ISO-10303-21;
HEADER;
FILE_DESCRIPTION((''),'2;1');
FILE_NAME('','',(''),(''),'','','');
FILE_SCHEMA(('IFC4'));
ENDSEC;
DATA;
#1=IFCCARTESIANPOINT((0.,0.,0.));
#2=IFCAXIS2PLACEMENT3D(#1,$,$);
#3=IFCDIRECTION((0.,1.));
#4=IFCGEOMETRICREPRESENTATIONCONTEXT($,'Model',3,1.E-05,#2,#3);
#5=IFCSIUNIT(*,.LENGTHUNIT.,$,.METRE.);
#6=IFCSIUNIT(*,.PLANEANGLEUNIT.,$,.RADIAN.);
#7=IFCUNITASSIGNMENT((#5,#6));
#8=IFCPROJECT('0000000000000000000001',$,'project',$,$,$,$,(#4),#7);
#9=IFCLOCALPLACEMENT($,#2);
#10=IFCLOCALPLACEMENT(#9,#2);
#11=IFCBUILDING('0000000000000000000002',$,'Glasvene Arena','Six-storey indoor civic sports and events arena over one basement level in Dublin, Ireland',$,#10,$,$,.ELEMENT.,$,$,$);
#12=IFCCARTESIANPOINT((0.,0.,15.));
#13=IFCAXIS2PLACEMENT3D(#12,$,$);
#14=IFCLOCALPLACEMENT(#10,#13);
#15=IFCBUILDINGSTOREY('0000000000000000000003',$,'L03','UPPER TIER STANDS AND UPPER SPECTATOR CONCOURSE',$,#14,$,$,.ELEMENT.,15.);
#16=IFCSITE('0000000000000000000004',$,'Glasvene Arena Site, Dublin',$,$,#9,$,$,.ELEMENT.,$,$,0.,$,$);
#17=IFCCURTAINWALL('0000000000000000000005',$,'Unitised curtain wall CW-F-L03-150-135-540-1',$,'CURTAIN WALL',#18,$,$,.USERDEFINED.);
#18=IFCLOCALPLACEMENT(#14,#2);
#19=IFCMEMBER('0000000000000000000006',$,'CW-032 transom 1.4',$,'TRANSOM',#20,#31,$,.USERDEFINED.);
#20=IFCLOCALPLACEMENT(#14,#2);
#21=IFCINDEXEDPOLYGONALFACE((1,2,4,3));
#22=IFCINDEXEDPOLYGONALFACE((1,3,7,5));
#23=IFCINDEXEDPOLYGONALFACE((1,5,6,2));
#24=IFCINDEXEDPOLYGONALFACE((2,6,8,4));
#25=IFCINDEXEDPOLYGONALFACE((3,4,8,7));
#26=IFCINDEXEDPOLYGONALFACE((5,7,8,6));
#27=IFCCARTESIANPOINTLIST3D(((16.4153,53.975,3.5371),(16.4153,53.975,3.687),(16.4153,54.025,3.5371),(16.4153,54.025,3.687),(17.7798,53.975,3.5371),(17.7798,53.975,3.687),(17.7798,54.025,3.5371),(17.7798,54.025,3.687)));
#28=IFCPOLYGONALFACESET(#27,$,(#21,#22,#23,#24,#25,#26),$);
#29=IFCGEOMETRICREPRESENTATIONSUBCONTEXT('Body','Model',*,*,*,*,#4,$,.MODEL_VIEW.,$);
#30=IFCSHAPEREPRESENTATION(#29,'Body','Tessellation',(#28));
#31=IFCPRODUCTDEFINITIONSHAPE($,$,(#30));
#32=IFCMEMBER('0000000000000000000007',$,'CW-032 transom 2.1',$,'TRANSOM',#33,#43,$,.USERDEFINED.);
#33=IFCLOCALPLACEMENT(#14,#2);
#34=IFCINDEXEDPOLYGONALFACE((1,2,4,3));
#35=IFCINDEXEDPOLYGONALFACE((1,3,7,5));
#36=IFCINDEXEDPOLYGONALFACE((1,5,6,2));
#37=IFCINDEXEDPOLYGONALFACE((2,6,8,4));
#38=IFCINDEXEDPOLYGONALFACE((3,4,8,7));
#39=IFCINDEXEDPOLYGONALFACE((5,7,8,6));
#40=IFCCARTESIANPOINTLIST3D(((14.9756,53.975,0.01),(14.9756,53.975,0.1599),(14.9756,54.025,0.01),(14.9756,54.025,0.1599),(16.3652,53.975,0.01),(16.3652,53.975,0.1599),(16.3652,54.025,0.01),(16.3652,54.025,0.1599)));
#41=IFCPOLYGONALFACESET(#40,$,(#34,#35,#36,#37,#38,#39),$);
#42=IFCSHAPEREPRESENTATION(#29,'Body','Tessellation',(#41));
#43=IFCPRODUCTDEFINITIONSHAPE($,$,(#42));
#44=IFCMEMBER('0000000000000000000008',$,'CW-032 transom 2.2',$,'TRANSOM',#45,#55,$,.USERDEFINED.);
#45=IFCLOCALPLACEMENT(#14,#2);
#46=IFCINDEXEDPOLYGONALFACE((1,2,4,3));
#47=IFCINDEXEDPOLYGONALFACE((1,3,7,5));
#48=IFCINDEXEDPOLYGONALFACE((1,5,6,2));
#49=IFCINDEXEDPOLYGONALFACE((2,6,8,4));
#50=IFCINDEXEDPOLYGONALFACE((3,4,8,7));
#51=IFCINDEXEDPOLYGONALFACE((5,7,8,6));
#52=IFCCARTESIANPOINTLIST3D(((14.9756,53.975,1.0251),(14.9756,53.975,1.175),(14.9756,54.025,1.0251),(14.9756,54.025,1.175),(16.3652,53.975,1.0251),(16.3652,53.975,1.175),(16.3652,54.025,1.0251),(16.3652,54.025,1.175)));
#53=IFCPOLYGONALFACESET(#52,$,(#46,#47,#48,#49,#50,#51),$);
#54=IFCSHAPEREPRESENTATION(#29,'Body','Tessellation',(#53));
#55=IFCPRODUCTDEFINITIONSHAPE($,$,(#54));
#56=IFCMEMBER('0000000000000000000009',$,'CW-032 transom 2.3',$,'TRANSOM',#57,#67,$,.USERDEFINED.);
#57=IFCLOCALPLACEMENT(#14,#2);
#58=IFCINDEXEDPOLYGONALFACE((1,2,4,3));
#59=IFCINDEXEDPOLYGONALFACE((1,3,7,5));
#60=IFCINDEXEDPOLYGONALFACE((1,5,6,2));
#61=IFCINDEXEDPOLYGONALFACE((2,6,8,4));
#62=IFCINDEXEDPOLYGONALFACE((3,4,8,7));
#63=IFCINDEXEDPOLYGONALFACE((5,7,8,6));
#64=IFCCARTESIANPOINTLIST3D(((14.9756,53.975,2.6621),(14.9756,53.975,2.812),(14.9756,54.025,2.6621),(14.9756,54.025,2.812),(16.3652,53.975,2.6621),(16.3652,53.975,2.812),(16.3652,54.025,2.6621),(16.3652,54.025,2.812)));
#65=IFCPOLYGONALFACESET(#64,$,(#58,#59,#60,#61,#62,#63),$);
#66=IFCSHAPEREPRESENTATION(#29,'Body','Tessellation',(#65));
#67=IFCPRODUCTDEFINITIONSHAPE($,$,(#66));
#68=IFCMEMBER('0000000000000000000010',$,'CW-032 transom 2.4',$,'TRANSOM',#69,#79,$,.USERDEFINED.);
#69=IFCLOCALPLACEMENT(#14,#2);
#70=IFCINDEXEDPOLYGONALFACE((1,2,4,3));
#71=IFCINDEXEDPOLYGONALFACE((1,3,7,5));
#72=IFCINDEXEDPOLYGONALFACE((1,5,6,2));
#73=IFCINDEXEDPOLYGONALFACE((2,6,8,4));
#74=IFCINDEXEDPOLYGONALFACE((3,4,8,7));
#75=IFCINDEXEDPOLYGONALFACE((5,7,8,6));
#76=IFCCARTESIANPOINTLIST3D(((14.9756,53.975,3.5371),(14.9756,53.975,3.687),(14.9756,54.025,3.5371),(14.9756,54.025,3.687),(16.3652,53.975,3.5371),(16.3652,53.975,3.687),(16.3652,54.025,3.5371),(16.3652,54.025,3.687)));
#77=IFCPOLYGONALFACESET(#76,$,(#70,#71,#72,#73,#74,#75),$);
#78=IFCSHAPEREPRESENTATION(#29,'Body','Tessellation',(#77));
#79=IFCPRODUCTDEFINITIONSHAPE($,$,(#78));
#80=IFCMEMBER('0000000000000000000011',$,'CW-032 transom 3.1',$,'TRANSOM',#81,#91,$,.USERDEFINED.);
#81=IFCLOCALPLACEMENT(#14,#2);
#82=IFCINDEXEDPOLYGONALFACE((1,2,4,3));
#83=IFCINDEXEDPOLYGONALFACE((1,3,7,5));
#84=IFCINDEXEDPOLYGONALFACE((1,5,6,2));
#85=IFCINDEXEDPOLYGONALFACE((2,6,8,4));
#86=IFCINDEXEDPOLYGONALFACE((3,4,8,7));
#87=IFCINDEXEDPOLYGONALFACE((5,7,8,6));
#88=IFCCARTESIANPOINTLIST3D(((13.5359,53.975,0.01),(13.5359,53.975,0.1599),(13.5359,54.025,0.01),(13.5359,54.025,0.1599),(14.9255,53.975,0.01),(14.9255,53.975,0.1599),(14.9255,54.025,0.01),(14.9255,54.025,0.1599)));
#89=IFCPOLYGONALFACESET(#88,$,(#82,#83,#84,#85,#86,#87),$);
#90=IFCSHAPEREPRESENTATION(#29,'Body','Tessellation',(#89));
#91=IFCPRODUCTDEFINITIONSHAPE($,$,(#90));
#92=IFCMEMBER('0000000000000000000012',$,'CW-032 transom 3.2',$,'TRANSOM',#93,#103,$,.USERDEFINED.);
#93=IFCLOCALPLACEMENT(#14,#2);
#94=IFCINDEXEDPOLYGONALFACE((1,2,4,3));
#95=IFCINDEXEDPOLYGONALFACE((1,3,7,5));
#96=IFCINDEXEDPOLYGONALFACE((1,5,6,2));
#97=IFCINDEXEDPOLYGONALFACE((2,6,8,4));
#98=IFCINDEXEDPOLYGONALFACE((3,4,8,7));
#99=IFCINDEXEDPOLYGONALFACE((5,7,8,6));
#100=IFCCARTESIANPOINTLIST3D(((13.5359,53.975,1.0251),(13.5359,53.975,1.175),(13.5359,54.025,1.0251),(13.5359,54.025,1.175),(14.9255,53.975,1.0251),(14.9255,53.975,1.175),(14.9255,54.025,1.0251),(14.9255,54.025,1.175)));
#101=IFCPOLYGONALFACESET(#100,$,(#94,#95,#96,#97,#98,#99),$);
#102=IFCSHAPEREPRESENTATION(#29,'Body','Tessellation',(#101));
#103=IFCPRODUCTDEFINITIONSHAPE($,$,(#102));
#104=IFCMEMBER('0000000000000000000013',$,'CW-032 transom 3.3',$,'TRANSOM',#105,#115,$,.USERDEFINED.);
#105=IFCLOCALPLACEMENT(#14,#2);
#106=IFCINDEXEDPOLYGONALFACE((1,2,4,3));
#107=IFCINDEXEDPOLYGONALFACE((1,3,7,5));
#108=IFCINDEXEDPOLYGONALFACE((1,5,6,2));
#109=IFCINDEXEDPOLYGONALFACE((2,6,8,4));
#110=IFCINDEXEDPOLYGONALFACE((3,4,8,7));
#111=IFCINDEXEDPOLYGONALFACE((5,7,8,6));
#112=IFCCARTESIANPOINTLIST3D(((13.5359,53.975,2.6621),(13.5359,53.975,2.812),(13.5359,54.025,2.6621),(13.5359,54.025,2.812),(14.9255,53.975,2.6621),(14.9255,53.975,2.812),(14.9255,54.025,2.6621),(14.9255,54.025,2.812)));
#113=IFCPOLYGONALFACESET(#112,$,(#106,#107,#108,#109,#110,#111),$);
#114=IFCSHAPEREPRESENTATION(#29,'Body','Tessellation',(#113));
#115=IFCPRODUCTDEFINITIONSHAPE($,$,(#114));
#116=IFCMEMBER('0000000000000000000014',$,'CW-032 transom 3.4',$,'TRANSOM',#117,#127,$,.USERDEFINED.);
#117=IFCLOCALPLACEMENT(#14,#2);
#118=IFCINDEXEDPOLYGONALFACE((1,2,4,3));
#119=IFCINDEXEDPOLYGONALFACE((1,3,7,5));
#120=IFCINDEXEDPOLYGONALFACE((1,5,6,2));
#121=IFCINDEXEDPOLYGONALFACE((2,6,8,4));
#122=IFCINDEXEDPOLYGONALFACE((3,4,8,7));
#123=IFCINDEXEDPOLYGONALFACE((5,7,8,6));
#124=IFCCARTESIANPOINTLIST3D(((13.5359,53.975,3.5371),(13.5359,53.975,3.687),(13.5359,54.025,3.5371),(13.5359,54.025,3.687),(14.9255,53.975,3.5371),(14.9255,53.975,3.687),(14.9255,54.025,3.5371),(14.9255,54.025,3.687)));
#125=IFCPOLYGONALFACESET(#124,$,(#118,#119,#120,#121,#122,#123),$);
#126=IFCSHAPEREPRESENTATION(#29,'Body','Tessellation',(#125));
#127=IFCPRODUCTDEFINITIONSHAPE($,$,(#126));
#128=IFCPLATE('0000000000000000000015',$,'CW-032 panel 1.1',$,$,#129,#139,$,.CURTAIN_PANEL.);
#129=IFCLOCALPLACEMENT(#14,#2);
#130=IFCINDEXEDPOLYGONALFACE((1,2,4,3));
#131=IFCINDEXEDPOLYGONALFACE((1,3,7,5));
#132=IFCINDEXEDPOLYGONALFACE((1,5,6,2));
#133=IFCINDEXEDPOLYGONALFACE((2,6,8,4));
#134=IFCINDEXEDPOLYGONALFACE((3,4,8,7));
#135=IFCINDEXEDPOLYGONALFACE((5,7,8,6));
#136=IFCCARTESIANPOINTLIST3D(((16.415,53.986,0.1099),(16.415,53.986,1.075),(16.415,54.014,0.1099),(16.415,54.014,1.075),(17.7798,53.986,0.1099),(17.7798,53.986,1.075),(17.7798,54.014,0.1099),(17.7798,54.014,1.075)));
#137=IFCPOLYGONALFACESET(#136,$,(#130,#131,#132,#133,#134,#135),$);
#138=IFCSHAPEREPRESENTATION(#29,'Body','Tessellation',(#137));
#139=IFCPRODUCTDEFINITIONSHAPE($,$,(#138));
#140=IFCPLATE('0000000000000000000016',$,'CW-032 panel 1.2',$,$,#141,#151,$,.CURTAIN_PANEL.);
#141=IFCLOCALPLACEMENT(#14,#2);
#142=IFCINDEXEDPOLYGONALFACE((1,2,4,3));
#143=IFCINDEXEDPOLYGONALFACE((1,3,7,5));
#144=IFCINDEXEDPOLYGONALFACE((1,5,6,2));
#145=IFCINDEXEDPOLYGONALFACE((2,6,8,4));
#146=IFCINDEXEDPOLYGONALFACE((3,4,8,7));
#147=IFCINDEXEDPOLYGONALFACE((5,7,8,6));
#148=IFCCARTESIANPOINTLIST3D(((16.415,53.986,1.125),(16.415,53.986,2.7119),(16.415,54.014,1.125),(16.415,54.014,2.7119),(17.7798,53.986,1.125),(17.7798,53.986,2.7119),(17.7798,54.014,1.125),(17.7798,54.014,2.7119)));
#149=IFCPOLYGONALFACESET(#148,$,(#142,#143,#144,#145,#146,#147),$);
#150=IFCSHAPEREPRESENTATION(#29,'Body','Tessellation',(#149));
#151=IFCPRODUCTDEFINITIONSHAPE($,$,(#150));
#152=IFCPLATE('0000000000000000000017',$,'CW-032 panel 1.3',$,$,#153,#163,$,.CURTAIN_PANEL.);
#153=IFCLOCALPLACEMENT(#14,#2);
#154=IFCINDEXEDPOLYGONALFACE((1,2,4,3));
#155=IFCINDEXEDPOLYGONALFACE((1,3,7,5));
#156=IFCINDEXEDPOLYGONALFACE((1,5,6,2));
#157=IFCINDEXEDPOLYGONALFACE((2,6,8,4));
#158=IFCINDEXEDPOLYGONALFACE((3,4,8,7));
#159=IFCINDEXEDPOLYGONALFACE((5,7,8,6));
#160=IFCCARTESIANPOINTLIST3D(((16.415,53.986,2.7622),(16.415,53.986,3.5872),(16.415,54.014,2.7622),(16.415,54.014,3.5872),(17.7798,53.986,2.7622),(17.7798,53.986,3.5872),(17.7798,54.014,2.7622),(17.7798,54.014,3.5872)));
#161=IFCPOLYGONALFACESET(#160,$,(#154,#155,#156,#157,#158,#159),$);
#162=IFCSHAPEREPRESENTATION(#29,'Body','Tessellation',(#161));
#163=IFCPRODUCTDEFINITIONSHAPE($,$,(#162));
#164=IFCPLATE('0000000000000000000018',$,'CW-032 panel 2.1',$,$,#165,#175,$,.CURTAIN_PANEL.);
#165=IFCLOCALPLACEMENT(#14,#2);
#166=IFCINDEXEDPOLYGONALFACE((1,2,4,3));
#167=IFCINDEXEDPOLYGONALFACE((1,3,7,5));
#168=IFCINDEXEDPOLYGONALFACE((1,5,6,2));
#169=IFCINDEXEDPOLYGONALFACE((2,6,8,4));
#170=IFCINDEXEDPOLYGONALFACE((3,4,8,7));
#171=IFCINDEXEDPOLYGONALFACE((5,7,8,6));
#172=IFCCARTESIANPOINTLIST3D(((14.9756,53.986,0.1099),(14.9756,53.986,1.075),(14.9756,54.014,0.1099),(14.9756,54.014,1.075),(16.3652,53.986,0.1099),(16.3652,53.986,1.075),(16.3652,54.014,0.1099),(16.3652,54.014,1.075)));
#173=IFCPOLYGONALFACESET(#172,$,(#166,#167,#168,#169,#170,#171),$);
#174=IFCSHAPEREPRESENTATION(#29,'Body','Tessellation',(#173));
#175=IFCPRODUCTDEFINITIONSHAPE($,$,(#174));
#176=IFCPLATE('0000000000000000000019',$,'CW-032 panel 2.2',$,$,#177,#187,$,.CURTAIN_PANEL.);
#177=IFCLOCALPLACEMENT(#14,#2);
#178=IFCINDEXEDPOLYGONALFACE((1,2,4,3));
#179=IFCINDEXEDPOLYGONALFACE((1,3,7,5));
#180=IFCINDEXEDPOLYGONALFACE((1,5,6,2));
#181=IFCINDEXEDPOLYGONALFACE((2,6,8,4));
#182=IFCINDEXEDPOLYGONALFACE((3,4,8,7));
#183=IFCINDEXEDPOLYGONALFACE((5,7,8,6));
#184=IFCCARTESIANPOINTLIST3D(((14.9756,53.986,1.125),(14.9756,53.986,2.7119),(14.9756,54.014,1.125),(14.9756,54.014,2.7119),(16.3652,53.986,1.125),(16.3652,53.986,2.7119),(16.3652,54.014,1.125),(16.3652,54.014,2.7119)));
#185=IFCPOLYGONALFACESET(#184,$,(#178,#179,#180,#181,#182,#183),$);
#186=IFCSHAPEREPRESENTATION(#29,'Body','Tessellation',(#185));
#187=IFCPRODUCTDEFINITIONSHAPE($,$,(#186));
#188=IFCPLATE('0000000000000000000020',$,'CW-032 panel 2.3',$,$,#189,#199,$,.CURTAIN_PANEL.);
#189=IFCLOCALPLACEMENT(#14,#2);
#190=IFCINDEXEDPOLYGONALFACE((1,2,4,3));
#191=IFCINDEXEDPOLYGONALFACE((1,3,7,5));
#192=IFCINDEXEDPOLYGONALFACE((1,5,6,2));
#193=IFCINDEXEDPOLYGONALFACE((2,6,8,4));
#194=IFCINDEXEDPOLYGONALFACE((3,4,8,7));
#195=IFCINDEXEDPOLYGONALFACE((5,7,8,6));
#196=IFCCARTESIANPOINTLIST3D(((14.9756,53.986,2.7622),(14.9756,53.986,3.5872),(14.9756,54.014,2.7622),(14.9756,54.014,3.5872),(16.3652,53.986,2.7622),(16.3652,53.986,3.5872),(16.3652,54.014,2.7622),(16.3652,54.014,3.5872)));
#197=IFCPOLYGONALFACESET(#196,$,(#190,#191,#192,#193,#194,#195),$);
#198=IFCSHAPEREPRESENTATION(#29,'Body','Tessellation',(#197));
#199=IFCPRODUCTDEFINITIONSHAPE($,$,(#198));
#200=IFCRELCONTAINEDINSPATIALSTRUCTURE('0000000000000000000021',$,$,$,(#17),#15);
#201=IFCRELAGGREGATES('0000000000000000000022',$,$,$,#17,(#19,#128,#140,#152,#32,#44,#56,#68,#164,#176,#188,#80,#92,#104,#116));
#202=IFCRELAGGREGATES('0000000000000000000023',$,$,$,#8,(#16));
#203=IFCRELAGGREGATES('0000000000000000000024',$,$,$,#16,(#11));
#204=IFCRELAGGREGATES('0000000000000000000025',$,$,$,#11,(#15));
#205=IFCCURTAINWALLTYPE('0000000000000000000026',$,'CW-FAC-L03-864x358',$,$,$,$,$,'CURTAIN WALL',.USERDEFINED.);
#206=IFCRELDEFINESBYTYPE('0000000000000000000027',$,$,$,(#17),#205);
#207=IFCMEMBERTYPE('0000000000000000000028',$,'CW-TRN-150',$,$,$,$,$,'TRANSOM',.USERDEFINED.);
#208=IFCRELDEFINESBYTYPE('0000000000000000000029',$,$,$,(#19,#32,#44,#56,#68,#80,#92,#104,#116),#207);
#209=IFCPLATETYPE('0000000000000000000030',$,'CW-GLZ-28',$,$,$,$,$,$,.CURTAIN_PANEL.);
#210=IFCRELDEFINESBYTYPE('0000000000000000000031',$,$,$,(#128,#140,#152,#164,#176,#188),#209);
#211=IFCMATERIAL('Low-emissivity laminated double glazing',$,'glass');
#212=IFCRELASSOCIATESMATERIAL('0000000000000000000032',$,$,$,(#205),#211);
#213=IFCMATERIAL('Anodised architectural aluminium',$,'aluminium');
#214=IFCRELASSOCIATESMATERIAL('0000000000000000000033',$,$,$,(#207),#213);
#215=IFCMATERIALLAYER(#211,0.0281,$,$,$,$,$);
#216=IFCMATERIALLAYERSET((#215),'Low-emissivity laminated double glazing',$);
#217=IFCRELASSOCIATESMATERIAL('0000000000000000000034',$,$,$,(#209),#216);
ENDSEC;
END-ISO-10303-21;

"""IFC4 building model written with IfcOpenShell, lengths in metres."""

from ifc_helpers import new_model, si_unit, direction, frame, origin, origin_2d, place, context, subcontext, project, spatial, rectangle, extrude, material, layer, layer_set, material_profile, profile_set, type_object, element, aggregate, save


model = new_model("IFC4")

# Units and contexts
model_context = context("Model", 3, precision=1e-05, world=origin(), true_north=direction((0.0, 1.0)))
body_context = subcontext(model_context, "Body", "Model", "MODEL_VIEW")
ifc_project = project(units=[si_unit("LENGTHUNIT", "METRE"), si_unit("PLANEANGLEUNIT", "RADIAN")], contexts=[model_context])

# Site, building, storey
site_placement = place(None, origin())
site = spatial("IfcSite", under=ifc_project, at=site_placement, Name="Glasvene Arena Site, Dublin", CompositionType="ELEMENT", RefElevation=0.0)
building_placement = place(site_placement, origin())
building = spatial("IfcBuilding", under=site, at=building_placement, Name="Glasvene Arena", Description="Six-storey indoor civic sports and events arena over one basement level in Dublin, Ireland", CompositionType="ELEMENT")
storey_placement = place(building_placement, frame((0.0, 0.0, 15.0)))
storey = spatial("IfcBuildingStorey", under=building, at=storey_placement, Name="L03", Description="UPPER TIER STANDS AND UPPER SPECTATOR CONCOURSE", CompositionType="ELEMENT", Elevation=15.0)

# Curtain wall, members, plates
ifc_material_1 = material(Name="Low-emissivity laminated double glazing", Category="glass")
curtain_wall_type = type_object("IfcCurtainWallType", Name="CW-FAC-L03-864x358", ElementType="CURTAIN WALL", PredefinedType="USERDEFINED", material=ifc_material_1)
curtain_wall_placement = place(storey_placement, frame((17.8298, 54.0, 0.0)))
curtain_wall = element("IfcCurtainWall", 1, at=curtain_wall_placement, inside=storey, type_object=curtain_wall_type, Name="Unitised curtain wall CW-F-L03-150-135-540-1", ObjectType="CURTAIN WALL", PredefinedType="USERDEFINED")
ifc_material_2 = material(Name="Anodised architectural aluminium", Category="aluminium")
ifc_material_profile_1 = material_profile(ifc_material_2, rectangle(XDim=0.05, YDim=0.1499, at=origin_2d()), Name="ALU TRANSOM 50x150")
ifc_profile_set_1 = profile_set([ifc_material_profile_1], Name="Anodised architectural aluminium")
member_type_1 = type_object("IfcMemberType", Name="CW-TRN-150", ElementType="TRANSOM", PredefinedType="USERDEFINED", material=ifc_profile_set_1)
member_1_placement = place(storey_placement, frame((17.7798, 54.0, 3.6121), z_axis=(-1.0, 0.0, 0.0), x_axis=(0.0, -1.0, 0.0)))
member_1 = element("IfcMember", 2, at=member_1_placement, type_object=member_type_1, Name="CW-032 transom 1.4", ObjectType="TRANSOM", PredefinedType="USERDEFINED", context=body_context, shape_type="SweptSolid", body=[
    extrude(rectangle(XDim=0.05, YDim=0.1499, at=origin_2d()), origin(), (0.0, 0.0, 1.0), 1.3645),
])
member_2_placement = place(storey_placement, frame((16.3652, 54.0, 0.085), z_axis=(-1.0, 0.0, 0.0), x_axis=(0.0, -1.0, 0.0)))
member_2 = element("IfcMember", 3, at=member_2_placement, type_object=member_type_1, Name="CW-032 transom 2.1", ObjectType="TRANSOM", PredefinedType="USERDEFINED", context=body_context, shape_type="SweptSolid", body=[
    extrude(rectangle(XDim=0.05, YDim=0.1499, at=origin_2d()), origin(), (0.0, 0.0, 1.0), 1.3896),
])
member_3_placement = place(storey_placement, frame((16.3652, 54.0, 1.1001), z_axis=(-1.0, 0.0, 0.0), x_axis=(0.0, -1.0, 0.0)))
member_3 = element("IfcMember", 4, at=member_3_placement, type_object=member_type_1, Name="CW-032 transom 2.2", ObjectType="TRANSOM", PredefinedType="USERDEFINED", context=body_context, shape_type="SweptSolid", body=[
    extrude(rectangle(XDim=0.05, YDim=0.1499, at=origin_2d()), origin(), (0.0, 0.0, 1.0), 1.3896),
])
member_4_placement = place(storey_placement, frame((16.3652, 54.0, 2.7371), z_axis=(-1.0, 0.0, 0.0), x_axis=(0.0, -1.0, 0.0)))
member_4 = element("IfcMember", 5, at=member_4_placement, type_object=member_type_1, Name="CW-032 transom 2.3", ObjectType="TRANSOM", PredefinedType="USERDEFINED", context=body_context, shape_type="SweptSolid", body=[
    extrude(rectangle(XDim=0.05, YDim=0.1499, at=origin_2d()), origin(), (0.0, 0.0, 1.0), 1.3896),
])
member_5_placement = place(storey_placement, frame((16.3652, 54.0, 3.6121), z_axis=(-1.0, 0.0, 0.0), x_axis=(0.0, -1.0, 0.0)))
member_5 = element("IfcMember", 6, at=member_5_placement, type_object=member_type_1, Name="CW-032 transom 2.4", ObjectType="TRANSOM", PredefinedType="USERDEFINED", context=body_context, shape_type="SweptSolid", body=[
    extrude(rectangle(XDim=0.05, YDim=0.1499, at=origin_2d()), origin(), (0.0, 0.0, 1.0), 1.3896),
])
member_6_placement = place(storey_placement, frame((14.9255, 54.0, 0.085), z_axis=(-1.0, 0.0, 0.0), x_axis=(0.0, -1.0, 0.0)))
member_6 = element("IfcMember", 7, at=member_6_placement, type_object=member_type_1, Name="CW-032 transom 3.1", ObjectType="TRANSOM", PredefinedType="USERDEFINED", context=body_context, shape_type="SweptSolid", body=[
    extrude(rectangle(XDim=0.05, YDim=0.1499, at=origin_2d()), origin(), (0.0, 0.0, 1.0), 1.3896),
])
member_7_placement = place(storey_placement, frame((14.9255, 54.0, 1.1001), z_axis=(-1.0, 0.0, 0.0), x_axis=(0.0, -1.0, 0.0)))
member_7 = element("IfcMember", 8, at=member_7_placement, type_object=member_type_1, Name="CW-032 transom 3.2", ObjectType="TRANSOM", PredefinedType="USERDEFINED", context=body_context, shape_type="SweptSolid", body=[
    extrude(rectangle(XDim=0.05, YDim=0.1499, at=origin_2d()), origin(), (0.0, 0.0, 1.0), 1.3896),
])
member_8_placement = place(storey_placement, frame((14.9255, 54.0, 2.7371), z_axis=(-1.0, 0.0, 0.0), x_axis=(0.0, -1.0, 0.0)))
member_8 = element("IfcMember", 9, at=member_8_placement, type_object=member_type_1, Name="CW-032 transom 3.3", ObjectType="TRANSOM", PredefinedType="USERDEFINED", context=body_context, shape_type="SweptSolid", body=[
    extrude(rectangle(XDim=0.05, YDim=0.1499, at=origin_2d()), origin(), (0.0, 0.0, 1.0), 1.3896),
])
member_9_placement = place(storey_placement, frame((14.9255, 54.0, 3.6121), z_axis=(-1.0, 0.0, 0.0), x_axis=(0.0, -1.0, 0.0)))
member_9 = element("IfcMember", 10, at=member_9_placement, type_object=member_type_1, Name="CW-032 transom 3.4", ObjectType="TRANSOM", PredefinedType="USERDEFINED", context=body_context, shape_type="SweptSolid", body=[
    extrude(rectangle(XDim=0.05, YDim=0.1499, at=origin_2d()), origin(), (0.0, 0.0, 1.0), 1.3896),
])
ifc_layer_1 = layer(ifc_material_1, 0.0281)
ifc_layer_set_1 = layer_set([ifc_layer_1], Name="Low-emissivity laminated double glazing")
plate_type = type_object("IfcPlateType", Name="CW-GLZ-28", PredefinedType="CURTAIN_PANEL", material=ifc_layer_set_1)
plate_1_placement = place(storey_placement, frame((17.0974, 54.0, 0.1099), z_axis=(0.0, 0.0, 1.0), x_axis=(-1.0, 0.0, 0.0)))
plate_1 = element("IfcPlate", 11, at=plate_1_placement, type_object=plate_type, Name="CW-032 panel 1.1", PredefinedType="CURTAIN_PANEL", context=body_context, shape_type="SweptSolid", body=[
    extrude(rectangle(XDim=1.3647, YDim=0.0281, at=origin_2d()), origin(), (0.0, 0.0, 1.0), 0.9651),
])
plate_2_placement = place(storey_placement, frame((17.0974, 54.0, 1.125), z_axis=(0.0, 0.0, 1.0), x_axis=(-1.0, 0.0, 0.0)))
plate_2 = element("IfcPlate", 12, at=plate_2_placement, type_object=plate_type, Name="CW-032 panel 1.2", PredefinedType="CURTAIN_PANEL", context=body_context, shape_type="SweptSolid", body=[
    extrude(rectangle(XDim=1.3647, YDim=0.0281, at=origin_2d()), origin(), (0.0, 0.0, 1.0), 1.5869),
])
plate_3_placement = place(storey_placement, frame((17.0974, 54.0, 2.7622), z_axis=(0.0, 0.0, 1.0), x_axis=(-1.0, 0.0, 0.0)))
plate_3 = element("IfcPlate", 13, at=plate_3_placement, type_object=plate_type, Name="CW-032 panel 1.3", PredefinedType="CURTAIN_PANEL", context=body_context, shape_type="SweptSolid", body=[
    extrude(rectangle(XDim=1.3647, YDim=0.0281, at=origin_2d()), origin(), (0.0, 0.0, 1.0), 0.825),
])
plate_4_placement = place(storey_placement, frame((15.6704, 54.0, 0.1099), z_axis=(0.0, 0.0, 1.0), x_axis=(-1.0, 0.0, 0.0)))
plate_4 = element("IfcPlate", 14, at=plate_4_placement, type_object=plate_type, Name="CW-032 panel 2.1", PredefinedType="CURTAIN_PANEL", context=body_context, shape_type="SweptSolid", body=[
    extrude(rectangle(XDim=1.3896, YDim=0.0281, at=origin_2d()), origin(), (0.0, 0.0, 1.0), 0.9651),
])
plate_5_placement = place(storey_placement, frame((15.6704, 54.0, 1.125), z_axis=(0.0, 0.0, 1.0), x_axis=(-1.0, 0.0, 0.0)))
plate_5 = element("IfcPlate", 15, at=plate_5_placement, type_object=plate_type, Name="CW-032 panel 2.2", PredefinedType="CURTAIN_PANEL", context=body_context, shape_type="SweptSolid", body=[
    extrude(rectangle(XDim=1.3896, YDim=0.0281, at=origin_2d()), origin(), (0.0, 0.0, 1.0), 1.5869),
])
plate_6_placement = place(storey_placement, frame((15.6704, 54.0, 2.7622), z_axis=(0.0, 0.0, 1.0), x_axis=(-1.0, 0.0, 0.0)))
plate_6 = element("IfcPlate", 16, at=plate_6_placement, type_object=plate_type, Name="CW-032 panel 2.3", PredefinedType="CURTAIN_PANEL", context=body_context, shape_type="SweptSolid", body=[
    extrude(rectangle(XDim=1.3896, YDim=0.0281, at=origin_2d()), origin(), (0.0, 0.0, 1.0), 0.825),
])
aggregate(curtain_wall, [member_1, plate_1, plate_2, plate_3, member_2, member_3, member_4, member_5, plate_4, plate_5, plate_6, member_6, member_7, member_8, member_9])

save(model, "model.ifc")
